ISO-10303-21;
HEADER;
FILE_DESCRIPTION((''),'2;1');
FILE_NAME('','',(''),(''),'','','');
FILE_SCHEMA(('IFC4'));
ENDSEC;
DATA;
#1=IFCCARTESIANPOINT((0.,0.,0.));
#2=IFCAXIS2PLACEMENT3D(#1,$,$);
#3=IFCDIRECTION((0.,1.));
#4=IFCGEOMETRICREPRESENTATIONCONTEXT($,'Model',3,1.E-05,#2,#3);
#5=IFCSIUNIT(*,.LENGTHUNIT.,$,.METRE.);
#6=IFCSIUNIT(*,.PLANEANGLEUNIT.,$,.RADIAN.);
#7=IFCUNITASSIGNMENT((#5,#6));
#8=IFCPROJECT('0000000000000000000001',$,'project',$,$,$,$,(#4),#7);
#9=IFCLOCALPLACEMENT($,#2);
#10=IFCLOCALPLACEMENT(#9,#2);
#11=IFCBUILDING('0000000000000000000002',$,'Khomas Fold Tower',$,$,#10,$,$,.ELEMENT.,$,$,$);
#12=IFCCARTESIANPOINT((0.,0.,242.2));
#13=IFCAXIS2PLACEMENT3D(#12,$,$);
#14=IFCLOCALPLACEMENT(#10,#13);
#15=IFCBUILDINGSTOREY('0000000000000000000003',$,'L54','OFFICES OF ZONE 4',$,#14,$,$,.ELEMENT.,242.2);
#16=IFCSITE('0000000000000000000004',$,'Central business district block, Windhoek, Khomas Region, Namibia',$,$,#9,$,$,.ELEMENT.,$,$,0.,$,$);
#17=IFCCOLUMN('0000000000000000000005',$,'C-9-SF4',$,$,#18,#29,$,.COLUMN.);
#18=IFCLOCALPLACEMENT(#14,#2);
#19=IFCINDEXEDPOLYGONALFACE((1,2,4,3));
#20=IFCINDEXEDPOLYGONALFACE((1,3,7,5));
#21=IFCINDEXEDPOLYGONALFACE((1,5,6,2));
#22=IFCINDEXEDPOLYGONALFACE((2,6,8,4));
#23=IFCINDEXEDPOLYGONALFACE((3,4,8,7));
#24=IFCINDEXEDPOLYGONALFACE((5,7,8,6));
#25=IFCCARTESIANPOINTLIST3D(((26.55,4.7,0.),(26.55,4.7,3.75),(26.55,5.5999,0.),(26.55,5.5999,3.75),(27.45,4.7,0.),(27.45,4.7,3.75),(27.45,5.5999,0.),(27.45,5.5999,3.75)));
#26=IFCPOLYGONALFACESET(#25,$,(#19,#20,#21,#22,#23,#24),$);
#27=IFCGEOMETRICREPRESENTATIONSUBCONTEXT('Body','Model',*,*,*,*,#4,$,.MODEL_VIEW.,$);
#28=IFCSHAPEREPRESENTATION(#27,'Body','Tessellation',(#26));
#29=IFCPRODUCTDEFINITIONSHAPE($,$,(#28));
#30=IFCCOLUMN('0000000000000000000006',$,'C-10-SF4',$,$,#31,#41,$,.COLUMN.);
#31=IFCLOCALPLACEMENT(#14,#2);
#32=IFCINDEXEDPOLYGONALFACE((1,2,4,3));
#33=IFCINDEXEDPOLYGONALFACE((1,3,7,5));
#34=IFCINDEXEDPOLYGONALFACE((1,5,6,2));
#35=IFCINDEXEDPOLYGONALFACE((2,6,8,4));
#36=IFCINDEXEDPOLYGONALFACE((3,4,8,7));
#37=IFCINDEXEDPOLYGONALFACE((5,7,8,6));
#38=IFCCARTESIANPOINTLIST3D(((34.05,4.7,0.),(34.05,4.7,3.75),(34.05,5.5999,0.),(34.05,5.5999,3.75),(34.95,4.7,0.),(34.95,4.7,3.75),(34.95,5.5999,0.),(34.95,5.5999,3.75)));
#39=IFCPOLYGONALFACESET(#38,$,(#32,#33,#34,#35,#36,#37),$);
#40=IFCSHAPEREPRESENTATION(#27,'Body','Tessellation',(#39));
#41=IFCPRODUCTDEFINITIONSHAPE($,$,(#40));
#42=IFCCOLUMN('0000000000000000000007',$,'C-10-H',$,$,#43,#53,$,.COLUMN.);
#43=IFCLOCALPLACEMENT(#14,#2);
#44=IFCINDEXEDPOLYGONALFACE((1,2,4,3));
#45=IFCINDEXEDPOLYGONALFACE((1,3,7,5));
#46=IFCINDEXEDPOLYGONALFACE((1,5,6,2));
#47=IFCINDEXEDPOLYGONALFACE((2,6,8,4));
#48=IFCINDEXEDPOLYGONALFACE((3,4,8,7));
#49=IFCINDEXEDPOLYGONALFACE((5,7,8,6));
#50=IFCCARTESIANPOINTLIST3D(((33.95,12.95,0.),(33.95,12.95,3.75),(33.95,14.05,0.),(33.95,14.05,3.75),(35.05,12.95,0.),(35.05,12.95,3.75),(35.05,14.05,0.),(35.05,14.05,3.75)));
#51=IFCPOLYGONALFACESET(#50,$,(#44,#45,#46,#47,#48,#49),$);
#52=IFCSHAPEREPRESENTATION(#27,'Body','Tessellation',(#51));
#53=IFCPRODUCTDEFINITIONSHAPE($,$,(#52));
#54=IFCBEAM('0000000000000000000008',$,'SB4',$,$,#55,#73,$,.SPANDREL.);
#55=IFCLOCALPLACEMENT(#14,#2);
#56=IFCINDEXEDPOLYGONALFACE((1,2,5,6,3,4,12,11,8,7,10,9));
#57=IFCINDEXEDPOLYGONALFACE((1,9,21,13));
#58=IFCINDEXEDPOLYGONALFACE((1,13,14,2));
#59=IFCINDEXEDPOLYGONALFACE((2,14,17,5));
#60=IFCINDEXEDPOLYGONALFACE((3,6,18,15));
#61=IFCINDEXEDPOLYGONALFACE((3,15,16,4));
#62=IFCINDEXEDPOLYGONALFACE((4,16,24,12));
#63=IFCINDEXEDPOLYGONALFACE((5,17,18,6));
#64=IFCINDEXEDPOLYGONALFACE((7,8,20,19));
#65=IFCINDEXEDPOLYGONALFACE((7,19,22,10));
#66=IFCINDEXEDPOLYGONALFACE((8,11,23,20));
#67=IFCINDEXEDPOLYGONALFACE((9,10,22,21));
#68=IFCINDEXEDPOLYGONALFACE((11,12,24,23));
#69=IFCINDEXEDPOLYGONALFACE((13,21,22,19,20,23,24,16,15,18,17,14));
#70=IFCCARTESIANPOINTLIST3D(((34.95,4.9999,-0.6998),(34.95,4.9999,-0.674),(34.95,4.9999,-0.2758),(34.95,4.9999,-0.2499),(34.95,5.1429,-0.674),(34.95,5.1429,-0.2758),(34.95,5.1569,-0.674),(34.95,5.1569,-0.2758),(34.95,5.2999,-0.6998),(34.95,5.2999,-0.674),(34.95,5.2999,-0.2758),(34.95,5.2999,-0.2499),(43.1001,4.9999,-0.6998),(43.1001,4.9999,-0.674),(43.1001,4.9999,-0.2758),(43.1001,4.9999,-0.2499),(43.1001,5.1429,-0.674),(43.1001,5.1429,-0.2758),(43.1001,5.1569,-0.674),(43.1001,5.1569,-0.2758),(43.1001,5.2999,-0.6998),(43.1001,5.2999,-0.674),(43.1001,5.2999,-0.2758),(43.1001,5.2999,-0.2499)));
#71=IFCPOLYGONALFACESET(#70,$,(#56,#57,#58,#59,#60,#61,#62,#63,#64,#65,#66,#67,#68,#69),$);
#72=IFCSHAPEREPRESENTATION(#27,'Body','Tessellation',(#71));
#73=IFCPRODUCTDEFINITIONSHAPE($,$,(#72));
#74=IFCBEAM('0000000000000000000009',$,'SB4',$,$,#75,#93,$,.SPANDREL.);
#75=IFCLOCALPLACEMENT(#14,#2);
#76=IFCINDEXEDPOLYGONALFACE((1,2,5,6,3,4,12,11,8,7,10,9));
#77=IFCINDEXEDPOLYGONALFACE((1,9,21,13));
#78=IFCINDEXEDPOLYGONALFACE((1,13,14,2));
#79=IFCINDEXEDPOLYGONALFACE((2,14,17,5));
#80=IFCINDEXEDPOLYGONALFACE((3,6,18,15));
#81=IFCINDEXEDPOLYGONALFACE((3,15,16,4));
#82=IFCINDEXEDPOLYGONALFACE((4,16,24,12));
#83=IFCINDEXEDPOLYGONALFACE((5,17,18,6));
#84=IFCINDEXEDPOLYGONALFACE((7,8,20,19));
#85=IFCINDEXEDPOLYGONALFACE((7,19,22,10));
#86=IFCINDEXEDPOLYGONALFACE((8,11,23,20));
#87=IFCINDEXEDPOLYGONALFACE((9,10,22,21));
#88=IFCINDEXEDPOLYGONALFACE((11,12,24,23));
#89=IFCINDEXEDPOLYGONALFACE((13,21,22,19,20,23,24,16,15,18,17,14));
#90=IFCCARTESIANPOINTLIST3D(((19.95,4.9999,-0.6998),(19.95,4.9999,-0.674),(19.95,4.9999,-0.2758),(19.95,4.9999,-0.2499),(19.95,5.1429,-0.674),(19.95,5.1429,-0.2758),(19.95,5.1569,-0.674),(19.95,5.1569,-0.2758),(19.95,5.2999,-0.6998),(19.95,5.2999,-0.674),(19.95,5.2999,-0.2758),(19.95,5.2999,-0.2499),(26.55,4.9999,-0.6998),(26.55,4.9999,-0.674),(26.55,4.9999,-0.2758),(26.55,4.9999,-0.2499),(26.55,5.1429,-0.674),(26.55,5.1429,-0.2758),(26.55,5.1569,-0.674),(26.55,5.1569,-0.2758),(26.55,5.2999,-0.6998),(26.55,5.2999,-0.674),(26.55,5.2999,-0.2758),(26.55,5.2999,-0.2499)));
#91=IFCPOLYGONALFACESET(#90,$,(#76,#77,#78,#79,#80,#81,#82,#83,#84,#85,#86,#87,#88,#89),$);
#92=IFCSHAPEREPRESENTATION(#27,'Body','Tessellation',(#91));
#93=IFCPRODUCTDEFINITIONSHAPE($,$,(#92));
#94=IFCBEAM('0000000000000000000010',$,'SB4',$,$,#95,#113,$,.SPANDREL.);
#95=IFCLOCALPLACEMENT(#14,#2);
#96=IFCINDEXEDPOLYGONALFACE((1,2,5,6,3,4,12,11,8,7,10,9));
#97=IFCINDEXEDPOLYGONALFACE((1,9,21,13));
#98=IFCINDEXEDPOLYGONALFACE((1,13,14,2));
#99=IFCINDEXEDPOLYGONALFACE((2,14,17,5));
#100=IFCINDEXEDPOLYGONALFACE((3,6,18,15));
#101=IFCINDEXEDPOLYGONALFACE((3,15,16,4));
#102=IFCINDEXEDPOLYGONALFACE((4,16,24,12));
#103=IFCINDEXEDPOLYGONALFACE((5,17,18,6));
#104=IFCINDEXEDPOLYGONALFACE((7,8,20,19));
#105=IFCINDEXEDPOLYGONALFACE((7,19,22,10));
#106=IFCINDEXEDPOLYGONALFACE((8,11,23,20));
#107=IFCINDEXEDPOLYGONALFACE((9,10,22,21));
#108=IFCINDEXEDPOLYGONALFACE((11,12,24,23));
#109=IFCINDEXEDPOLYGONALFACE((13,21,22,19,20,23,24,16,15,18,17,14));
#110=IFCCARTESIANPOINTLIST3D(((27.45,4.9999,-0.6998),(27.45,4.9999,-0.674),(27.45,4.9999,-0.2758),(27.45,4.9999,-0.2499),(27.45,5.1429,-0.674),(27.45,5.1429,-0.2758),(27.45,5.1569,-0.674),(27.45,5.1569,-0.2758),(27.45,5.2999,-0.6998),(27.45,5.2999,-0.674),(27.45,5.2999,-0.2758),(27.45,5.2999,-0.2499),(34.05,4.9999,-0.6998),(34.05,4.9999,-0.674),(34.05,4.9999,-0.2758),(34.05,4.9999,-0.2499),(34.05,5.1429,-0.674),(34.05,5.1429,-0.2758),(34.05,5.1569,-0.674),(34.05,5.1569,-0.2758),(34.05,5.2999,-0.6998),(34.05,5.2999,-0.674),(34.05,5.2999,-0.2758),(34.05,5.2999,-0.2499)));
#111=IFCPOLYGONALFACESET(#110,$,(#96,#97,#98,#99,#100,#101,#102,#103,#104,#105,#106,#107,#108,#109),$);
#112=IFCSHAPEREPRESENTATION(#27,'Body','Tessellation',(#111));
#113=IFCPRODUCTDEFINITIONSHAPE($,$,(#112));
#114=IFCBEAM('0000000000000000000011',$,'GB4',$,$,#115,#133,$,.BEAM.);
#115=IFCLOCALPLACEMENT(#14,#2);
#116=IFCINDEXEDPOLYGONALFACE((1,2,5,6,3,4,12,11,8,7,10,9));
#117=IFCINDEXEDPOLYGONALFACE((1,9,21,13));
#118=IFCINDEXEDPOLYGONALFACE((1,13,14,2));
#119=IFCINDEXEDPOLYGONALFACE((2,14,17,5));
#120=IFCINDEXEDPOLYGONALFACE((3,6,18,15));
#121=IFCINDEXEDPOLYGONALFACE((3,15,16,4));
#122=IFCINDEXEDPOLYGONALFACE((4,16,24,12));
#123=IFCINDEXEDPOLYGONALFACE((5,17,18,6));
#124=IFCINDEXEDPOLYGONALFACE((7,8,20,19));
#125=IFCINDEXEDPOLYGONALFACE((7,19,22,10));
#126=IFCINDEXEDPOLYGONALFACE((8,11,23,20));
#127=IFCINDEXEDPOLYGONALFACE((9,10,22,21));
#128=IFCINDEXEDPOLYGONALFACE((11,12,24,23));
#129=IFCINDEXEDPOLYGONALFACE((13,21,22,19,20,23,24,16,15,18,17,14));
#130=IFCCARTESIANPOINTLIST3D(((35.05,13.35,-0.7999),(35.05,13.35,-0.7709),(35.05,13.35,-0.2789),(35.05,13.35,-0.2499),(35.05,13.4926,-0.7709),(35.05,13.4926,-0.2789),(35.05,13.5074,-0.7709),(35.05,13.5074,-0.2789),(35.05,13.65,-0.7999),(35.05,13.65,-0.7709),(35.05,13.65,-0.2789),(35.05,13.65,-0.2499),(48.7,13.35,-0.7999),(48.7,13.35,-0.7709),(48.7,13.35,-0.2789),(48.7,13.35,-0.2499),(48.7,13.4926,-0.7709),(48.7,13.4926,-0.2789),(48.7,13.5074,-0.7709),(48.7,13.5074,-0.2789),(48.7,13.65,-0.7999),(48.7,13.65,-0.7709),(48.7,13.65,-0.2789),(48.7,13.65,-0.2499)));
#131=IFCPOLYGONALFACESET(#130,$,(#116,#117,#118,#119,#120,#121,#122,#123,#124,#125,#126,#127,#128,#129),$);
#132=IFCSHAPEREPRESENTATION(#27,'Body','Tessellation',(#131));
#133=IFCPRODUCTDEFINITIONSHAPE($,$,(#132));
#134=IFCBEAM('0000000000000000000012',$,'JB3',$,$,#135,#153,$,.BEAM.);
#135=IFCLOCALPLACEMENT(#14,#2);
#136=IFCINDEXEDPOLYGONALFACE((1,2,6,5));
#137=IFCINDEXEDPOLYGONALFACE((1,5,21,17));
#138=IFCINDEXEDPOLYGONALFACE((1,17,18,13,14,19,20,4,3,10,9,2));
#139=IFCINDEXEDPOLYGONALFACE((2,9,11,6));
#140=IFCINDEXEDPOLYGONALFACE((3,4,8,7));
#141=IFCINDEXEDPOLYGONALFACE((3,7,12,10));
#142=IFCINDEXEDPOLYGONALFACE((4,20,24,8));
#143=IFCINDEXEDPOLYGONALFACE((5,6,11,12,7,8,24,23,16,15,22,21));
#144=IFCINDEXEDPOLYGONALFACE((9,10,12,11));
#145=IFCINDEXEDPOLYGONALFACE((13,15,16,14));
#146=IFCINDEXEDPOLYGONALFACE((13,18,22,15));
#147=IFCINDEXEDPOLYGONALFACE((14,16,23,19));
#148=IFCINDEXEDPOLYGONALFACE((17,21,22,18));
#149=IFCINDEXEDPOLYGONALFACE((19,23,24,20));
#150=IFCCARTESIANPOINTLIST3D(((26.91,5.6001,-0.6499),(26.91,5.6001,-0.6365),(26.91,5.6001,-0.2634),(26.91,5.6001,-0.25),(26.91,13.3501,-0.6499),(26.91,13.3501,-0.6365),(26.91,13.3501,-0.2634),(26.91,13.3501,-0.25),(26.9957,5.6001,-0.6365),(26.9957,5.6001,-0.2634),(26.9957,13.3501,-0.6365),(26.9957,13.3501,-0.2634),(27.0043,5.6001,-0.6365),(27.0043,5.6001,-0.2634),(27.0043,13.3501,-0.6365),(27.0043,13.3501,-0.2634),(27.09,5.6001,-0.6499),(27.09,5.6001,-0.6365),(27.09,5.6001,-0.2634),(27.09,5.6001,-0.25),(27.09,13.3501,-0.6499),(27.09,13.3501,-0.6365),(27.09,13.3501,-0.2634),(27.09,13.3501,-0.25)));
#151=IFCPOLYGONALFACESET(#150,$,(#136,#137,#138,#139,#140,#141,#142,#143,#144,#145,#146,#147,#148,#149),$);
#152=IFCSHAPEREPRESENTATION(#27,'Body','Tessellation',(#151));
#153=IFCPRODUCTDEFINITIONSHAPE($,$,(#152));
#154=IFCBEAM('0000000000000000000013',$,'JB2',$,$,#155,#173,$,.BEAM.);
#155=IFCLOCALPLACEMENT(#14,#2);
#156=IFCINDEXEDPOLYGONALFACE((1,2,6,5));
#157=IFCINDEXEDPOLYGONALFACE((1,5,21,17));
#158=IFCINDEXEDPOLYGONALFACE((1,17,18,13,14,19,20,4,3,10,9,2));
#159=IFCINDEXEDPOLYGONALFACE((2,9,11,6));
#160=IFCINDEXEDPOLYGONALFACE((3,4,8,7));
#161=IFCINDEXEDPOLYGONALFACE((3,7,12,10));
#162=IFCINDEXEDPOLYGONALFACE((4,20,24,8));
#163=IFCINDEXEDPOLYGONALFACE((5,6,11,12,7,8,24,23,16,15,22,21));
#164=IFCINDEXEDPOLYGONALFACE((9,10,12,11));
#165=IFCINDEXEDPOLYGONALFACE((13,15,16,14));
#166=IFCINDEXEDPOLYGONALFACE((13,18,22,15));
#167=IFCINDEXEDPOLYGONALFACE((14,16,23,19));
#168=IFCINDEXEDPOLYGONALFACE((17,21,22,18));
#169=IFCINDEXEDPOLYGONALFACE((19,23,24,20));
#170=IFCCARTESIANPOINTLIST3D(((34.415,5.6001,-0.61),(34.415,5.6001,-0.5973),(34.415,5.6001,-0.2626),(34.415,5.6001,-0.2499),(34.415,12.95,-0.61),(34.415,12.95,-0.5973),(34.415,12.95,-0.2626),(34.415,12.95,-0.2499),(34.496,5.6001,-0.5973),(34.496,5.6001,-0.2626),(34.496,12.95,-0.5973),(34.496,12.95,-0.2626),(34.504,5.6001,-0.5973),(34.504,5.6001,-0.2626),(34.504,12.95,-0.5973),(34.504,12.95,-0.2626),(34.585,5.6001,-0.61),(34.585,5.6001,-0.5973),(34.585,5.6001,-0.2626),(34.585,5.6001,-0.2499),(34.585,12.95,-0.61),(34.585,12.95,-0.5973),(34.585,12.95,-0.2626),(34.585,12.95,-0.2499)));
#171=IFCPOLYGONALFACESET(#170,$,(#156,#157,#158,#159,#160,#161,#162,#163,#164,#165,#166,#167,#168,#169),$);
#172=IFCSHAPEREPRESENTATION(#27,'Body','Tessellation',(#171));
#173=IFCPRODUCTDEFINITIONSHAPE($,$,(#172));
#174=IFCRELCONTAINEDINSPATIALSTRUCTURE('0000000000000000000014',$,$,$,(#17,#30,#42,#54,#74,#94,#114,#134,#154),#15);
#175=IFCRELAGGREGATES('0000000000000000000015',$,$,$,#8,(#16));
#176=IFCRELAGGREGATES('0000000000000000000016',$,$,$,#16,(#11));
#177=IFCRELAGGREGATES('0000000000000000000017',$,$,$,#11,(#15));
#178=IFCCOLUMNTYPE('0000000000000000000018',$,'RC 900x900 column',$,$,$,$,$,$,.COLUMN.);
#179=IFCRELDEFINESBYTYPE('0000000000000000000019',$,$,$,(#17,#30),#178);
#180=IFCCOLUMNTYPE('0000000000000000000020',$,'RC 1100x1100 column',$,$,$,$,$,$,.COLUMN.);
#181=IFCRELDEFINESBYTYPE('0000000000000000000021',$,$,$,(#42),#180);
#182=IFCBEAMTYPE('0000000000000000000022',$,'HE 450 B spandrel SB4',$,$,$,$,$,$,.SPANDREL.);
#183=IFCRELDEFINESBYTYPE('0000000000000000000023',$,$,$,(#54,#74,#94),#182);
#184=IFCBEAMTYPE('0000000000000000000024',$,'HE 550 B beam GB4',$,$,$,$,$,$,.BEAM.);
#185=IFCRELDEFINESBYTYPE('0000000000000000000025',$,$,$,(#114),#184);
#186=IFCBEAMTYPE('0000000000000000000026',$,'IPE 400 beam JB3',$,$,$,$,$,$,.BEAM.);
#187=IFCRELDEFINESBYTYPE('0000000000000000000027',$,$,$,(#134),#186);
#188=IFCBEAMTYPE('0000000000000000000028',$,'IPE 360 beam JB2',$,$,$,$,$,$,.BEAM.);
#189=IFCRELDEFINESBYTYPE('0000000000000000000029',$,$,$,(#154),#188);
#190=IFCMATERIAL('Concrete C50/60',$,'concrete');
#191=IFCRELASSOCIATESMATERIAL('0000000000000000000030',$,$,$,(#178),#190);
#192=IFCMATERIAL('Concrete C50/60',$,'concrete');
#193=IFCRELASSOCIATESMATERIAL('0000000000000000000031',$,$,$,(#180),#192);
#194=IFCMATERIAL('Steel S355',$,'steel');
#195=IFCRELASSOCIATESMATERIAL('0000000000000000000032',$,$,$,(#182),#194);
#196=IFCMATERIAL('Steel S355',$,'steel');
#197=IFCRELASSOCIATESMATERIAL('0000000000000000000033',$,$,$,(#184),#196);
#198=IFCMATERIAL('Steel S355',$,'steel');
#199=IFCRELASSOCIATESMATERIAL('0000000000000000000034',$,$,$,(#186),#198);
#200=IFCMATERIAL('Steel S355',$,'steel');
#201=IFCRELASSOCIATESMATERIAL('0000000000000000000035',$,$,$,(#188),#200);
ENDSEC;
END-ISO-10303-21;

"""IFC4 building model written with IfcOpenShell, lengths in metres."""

from ifc_helpers import new_model, si_unit, direction, frame, origin, origin_2d, place, context, subcontext, project, spatial, rectangle, i_section, extrude, source, transform, mapped, material, material_profile, profile_set, type_object, element, save


model = new_model("IFC4")

# Units and contexts
model_context = context("Model", 3, precision=1e-05, world=origin(), true_north=direction((0.0, 1.0)))
body_context = subcontext(model_context, "Body", "Model", "MODEL_VIEW")
ifc_project = project(units=[si_unit("LENGTHUNIT", "METRE"), si_unit("PLANEANGLEUNIT", "RADIAN")], contexts=[model_context])

# Site, building, storey
site_placement = place(None, origin())
site = spatial("IfcSite", under=ifc_project, at=site_placement, Name="Central business district block, Windhoek, Khomas Region, Namibia", CompositionType="ELEMENT", RefElevation=0.0)
building_placement = place(site_placement, origin())
building = spatial("IfcBuilding", under=site, at=building_placement, Name="Khomas Fold Tower", CompositionType="ELEMENT")
storey_placement = place(building_placement, frame((0.0, 0.0, 242.2)))
storey = spatial("IfcBuildingStorey", under=building, at=storey_placement, Name="L54", Description="OFFICES OF ZONE 4", CompositionType="ELEMENT", Elevation=242.2)

# Columns
ifc_material_1 = material(Name="Concrete C50/60", Category="concrete")
ifc_material_profile_1 = material_profile(ifc_material_1, rectangle(XDim=0.8999, YDim=0.8999, at=origin_2d()), Name="RC 900x900")
ifc_profile_set_1 = profile_set([ifc_material_profile_1], Name="Concrete C50/60")
column_type_1 = type_object("IfcColumnType", Name="RC 900x900 column", PredefinedType="COLUMN", material=ifc_profile_set_1)
shared_shape_1 = source(origin(), body_context, "Body", "SweptSolid", [
    extrude(rectangle(XDim=0.8999, YDim=0.8999, at=origin_2d()), origin(), (0.0, 0.0, 1.0), 3.75),
])
for number, where, z_axis, x_axis, name in (
    (1, (27.0, 5.1499, 0.0), (0.0, 0.0, 1.0), (1.0, 0.0, 0.0), "C-9-SF4"),
    (2, (34.5, 5.1499, 0.0), (0.0, 0.0, 1.0), (1.0, 0.0, 0.0), "C-10-SF4"),
):
    element("IfcColumn", number, at=place(storey_placement, frame(where, z_axis=z_axis, x_axis=x_axis)), inside=storey, type_object=column_type_1, Name=name, PredefinedType="COLUMN", context=body_context, shape_type="MappedRepresentation", body=[
        mapped(shared_shape_1, transform((0.0, 0.0, 0.0))),
    ])
ifc_material_2 = material(Name="Concrete C50/60", Category="concrete")
ifc_material_profile_2 = material_profile(ifc_material_2, rectangle(XDim=1.1001, YDim=1.1001, at=origin_2d()), Name="RC 1100x1100")
ifc_profile_set_2 = profile_set([ifc_material_profile_2], Name="Concrete C50/60")
column_type_2 = type_object("IfcColumnType", Name="RC 1100x1100 column", PredefinedType="COLUMN", material=ifc_profile_set_2)
shared_shape_2 = source(origin(), body_context, "Body", "SweptSolid", [
    extrude(rectangle(XDim=1.1001, YDim=1.1001, at=origin_2d()), origin(), (0.0, 0.0, 1.0), 3.75),
])
column_placement = place(storey_placement, frame((34.5, 13.5, 0.0), z_axis=(0.0, 0.0, 1.0), x_axis=(1.0, 0.0, 0.0)))
element("IfcColumn", 3, at=column_placement, inside=storey, type_object=column_type_2, Name="C-10-H", PredefinedType="COLUMN", context=body_context, shape_type="MappedRepresentation", body=[
    mapped(shared_shape_2, transform((0.0, 0.0, 0.0))),
])

# Beams
ifc_material_3 = material(Name="Steel S355", Category="steel")
ifc_material_profile_3 = material_profile(ifc_material_3, i_section(OverallWidth=0.3, OverallDepth=0.45, WebThickness=0.0139, FlangeThickness=0.0259, at=origin_2d()), Name="HE 450 B")
ifc_profile_set_3 = profile_set([ifc_material_profile_3], Name="Steel S355")
beam_type_1 = type_object("IfcBeamType", Name="HE 450 B spandrel SB4", PredefinedType="SPANDREL", material=ifc_profile_set_3)
shared_shape_3 = source(origin(), body_context, "Body", "SweptSolid", [
    extrude(i_section(OverallWidth=0.3, OverallDepth=0.45, WebThickness=0.0139, FlangeThickness=0.0259, at=origin_2d()), origin(), (0.0, 0.0, 1.0), 8.1501),
])
beam_1_placement = place(storey_placement, frame((34.95, 5.1499, -0.4749), z_axis=(1.0, 0.0, 0.0), x_axis=(0.0, 1.0, 0.0)))
element("IfcBeam", 4, at=beam_1_placement, inside=storey, type_object=beam_type_1, Name="SB4", PredefinedType="SPANDREL", context=body_context, shape_type="MappedRepresentation", body=[
    mapped(shared_shape_3, transform((0.0, 0.0, 0.0))),
])
shared_shape_4 = source(origin(), body_context, "Body", "SweptSolid", [
    extrude(i_section(OverallWidth=0.3, OverallDepth=0.45, WebThickness=0.0139, FlangeThickness=0.0259, at=origin_2d()), origin(), (0.0, 0.0, 1.0), 6.6001),
])
for number, where, z_axis, x_axis, name in (
    (5, (19.95, 5.1499, -0.4749), (1.0, 0.0, 0.0), (0.0, 1.0, 0.0), "SB4"),
    (6, (27.45, 5.1499, -0.4749), (1.0, 0.0, 0.0), (0.0, 1.0, 0.0), "SB4"),
):
    element("IfcBeam", number, at=place(storey_placement, frame(where, z_axis=z_axis, x_axis=x_axis)), inside=storey, type_object=beam_type_1, Name=name, PredefinedType="SPANDREL", context=body_context, shape_type="MappedRepresentation", body=[
        mapped(shared_shape_4, transform((0.0, 0.0, 0.0))),
    ])
ifc_material_4 = material(Name="Steel S355", Category="steel")
ifc_material_profile_4 = material_profile(ifc_material_4, i_section(OverallWidth=0.3, OverallDepth=0.55, WebThickness=0.0149, FlangeThickness=0.0291, at=origin_2d()), Name="HE 550 B")
ifc_profile_set_4 = profile_set([ifc_material_profile_4], Name="Steel S355")
beam_type_2 = type_object("IfcBeamType", Name="HE 550 B beam GB4", PredefinedType="BEAM", material=ifc_profile_set_4)
shared_shape_5 = source(origin(), body_context, "Body", "SweptSolid", [
    extrude(i_section(OverallWidth=0.3, OverallDepth=0.55, WebThickness=0.0149, FlangeThickness=0.0291, at=origin_2d()), origin(), (0.0, 0.0, 1.0), 13.6499),
])
beam_2_placement = place(storey_placement, frame((35.05, 13.5, -0.5249), z_axis=(1.0, 0.0, 0.0), x_axis=(0.0, 1.0, 0.0)))
element("IfcBeam", 7, at=beam_2_placement, inside=storey, type_object=beam_type_2, Name="GB4", PredefinedType="BEAM", context=body_context, shape_type="MappedRepresentation", body=[
    mapped(shared_shape_5, transform((0.0, 0.0, 0.0))),
])
ifc_material_5 = material(Name="Steel S355", Category="steel")
ifc_material_profile_5 = material_profile(ifc_material_5, i_section(OverallWidth=0.1799, OverallDepth=0.3999, WebThickness=0.0085, FlangeThickness=0.0134, at=origin_2d()), Name="IPE 400")
ifc_profile_set_5 = profile_set([ifc_material_profile_5], Name="Steel S355")
beam_type_3 = type_object("IfcBeamType", Name="IPE 400 beam JB3", PredefinedType="BEAM", material=ifc_profile_set_5)
shared_shape_6 = source(origin(), body_context, "Body", "SweptSolid", [
    extrude(i_section(OverallWidth=0.1799, OverallDepth=0.3999, WebThickness=0.0085, FlangeThickness=0.0134, at=origin_2d()), origin(), (0.0, 0.0, 1.0), 7.75),
])
beam_3_placement = place(storey_placement, frame((27.0, 5.6001, -0.45), z_axis=(0.0, 1.0, 0.0), x_axis=(-1.0, 0.0, 0.0)))
element("IfcBeam", 8, at=beam_3_placement, inside=storey, type_object=beam_type_3, Name="JB3", PredefinedType="BEAM", context=body_context, shape_type="MappedRepresentation", body=[
    mapped(shared_shape_6, transform((0.0, 0.0, 0.0))),
])
ifc_material_6 = material(Name="Steel S355", Category="steel")
ifc_material_profile_6 = material_profile(ifc_material_6, i_section(OverallWidth=0.1699, OverallDepth=0.3601, WebThickness=0.0081, FlangeThickness=0.0127, at=origin_2d()), Name="IPE 360")
ifc_profile_set_6 = profile_set([ifc_material_profile_6], Name="Steel S355")
beam_type_4 = type_object("IfcBeamType", Name="IPE 360 beam JB2", PredefinedType="BEAM", material=ifc_profile_set_6)
shared_shape_7 = source(origin(), body_context, "Body", "SweptSolid", [
    extrude(i_section(OverallWidth=0.1699, OverallDepth=0.3601, WebThickness=0.0081, FlangeThickness=0.0127, at=origin_2d()), origin(), (0.0, 0.0, 1.0), 7.3499),
])
beam_4_placement = place(storey_placement, frame((34.5, 5.6001, -0.4299), z_axis=(0.0, 1.0, 0.0), x_axis=(-1.0, 0.0, 0.0)))
element("IfcBeam", 9, at=beam_4_placement, inside=storey, type_object=beam_type_4, Name="JB2", PredefinedType="BEAM", context=body_context, shape_type="MappedRepresentation", body=[
    mapped(shared_shape_7, transform((0.0, 0.0, 0.0))),
])

save(model, "model.ifc")
